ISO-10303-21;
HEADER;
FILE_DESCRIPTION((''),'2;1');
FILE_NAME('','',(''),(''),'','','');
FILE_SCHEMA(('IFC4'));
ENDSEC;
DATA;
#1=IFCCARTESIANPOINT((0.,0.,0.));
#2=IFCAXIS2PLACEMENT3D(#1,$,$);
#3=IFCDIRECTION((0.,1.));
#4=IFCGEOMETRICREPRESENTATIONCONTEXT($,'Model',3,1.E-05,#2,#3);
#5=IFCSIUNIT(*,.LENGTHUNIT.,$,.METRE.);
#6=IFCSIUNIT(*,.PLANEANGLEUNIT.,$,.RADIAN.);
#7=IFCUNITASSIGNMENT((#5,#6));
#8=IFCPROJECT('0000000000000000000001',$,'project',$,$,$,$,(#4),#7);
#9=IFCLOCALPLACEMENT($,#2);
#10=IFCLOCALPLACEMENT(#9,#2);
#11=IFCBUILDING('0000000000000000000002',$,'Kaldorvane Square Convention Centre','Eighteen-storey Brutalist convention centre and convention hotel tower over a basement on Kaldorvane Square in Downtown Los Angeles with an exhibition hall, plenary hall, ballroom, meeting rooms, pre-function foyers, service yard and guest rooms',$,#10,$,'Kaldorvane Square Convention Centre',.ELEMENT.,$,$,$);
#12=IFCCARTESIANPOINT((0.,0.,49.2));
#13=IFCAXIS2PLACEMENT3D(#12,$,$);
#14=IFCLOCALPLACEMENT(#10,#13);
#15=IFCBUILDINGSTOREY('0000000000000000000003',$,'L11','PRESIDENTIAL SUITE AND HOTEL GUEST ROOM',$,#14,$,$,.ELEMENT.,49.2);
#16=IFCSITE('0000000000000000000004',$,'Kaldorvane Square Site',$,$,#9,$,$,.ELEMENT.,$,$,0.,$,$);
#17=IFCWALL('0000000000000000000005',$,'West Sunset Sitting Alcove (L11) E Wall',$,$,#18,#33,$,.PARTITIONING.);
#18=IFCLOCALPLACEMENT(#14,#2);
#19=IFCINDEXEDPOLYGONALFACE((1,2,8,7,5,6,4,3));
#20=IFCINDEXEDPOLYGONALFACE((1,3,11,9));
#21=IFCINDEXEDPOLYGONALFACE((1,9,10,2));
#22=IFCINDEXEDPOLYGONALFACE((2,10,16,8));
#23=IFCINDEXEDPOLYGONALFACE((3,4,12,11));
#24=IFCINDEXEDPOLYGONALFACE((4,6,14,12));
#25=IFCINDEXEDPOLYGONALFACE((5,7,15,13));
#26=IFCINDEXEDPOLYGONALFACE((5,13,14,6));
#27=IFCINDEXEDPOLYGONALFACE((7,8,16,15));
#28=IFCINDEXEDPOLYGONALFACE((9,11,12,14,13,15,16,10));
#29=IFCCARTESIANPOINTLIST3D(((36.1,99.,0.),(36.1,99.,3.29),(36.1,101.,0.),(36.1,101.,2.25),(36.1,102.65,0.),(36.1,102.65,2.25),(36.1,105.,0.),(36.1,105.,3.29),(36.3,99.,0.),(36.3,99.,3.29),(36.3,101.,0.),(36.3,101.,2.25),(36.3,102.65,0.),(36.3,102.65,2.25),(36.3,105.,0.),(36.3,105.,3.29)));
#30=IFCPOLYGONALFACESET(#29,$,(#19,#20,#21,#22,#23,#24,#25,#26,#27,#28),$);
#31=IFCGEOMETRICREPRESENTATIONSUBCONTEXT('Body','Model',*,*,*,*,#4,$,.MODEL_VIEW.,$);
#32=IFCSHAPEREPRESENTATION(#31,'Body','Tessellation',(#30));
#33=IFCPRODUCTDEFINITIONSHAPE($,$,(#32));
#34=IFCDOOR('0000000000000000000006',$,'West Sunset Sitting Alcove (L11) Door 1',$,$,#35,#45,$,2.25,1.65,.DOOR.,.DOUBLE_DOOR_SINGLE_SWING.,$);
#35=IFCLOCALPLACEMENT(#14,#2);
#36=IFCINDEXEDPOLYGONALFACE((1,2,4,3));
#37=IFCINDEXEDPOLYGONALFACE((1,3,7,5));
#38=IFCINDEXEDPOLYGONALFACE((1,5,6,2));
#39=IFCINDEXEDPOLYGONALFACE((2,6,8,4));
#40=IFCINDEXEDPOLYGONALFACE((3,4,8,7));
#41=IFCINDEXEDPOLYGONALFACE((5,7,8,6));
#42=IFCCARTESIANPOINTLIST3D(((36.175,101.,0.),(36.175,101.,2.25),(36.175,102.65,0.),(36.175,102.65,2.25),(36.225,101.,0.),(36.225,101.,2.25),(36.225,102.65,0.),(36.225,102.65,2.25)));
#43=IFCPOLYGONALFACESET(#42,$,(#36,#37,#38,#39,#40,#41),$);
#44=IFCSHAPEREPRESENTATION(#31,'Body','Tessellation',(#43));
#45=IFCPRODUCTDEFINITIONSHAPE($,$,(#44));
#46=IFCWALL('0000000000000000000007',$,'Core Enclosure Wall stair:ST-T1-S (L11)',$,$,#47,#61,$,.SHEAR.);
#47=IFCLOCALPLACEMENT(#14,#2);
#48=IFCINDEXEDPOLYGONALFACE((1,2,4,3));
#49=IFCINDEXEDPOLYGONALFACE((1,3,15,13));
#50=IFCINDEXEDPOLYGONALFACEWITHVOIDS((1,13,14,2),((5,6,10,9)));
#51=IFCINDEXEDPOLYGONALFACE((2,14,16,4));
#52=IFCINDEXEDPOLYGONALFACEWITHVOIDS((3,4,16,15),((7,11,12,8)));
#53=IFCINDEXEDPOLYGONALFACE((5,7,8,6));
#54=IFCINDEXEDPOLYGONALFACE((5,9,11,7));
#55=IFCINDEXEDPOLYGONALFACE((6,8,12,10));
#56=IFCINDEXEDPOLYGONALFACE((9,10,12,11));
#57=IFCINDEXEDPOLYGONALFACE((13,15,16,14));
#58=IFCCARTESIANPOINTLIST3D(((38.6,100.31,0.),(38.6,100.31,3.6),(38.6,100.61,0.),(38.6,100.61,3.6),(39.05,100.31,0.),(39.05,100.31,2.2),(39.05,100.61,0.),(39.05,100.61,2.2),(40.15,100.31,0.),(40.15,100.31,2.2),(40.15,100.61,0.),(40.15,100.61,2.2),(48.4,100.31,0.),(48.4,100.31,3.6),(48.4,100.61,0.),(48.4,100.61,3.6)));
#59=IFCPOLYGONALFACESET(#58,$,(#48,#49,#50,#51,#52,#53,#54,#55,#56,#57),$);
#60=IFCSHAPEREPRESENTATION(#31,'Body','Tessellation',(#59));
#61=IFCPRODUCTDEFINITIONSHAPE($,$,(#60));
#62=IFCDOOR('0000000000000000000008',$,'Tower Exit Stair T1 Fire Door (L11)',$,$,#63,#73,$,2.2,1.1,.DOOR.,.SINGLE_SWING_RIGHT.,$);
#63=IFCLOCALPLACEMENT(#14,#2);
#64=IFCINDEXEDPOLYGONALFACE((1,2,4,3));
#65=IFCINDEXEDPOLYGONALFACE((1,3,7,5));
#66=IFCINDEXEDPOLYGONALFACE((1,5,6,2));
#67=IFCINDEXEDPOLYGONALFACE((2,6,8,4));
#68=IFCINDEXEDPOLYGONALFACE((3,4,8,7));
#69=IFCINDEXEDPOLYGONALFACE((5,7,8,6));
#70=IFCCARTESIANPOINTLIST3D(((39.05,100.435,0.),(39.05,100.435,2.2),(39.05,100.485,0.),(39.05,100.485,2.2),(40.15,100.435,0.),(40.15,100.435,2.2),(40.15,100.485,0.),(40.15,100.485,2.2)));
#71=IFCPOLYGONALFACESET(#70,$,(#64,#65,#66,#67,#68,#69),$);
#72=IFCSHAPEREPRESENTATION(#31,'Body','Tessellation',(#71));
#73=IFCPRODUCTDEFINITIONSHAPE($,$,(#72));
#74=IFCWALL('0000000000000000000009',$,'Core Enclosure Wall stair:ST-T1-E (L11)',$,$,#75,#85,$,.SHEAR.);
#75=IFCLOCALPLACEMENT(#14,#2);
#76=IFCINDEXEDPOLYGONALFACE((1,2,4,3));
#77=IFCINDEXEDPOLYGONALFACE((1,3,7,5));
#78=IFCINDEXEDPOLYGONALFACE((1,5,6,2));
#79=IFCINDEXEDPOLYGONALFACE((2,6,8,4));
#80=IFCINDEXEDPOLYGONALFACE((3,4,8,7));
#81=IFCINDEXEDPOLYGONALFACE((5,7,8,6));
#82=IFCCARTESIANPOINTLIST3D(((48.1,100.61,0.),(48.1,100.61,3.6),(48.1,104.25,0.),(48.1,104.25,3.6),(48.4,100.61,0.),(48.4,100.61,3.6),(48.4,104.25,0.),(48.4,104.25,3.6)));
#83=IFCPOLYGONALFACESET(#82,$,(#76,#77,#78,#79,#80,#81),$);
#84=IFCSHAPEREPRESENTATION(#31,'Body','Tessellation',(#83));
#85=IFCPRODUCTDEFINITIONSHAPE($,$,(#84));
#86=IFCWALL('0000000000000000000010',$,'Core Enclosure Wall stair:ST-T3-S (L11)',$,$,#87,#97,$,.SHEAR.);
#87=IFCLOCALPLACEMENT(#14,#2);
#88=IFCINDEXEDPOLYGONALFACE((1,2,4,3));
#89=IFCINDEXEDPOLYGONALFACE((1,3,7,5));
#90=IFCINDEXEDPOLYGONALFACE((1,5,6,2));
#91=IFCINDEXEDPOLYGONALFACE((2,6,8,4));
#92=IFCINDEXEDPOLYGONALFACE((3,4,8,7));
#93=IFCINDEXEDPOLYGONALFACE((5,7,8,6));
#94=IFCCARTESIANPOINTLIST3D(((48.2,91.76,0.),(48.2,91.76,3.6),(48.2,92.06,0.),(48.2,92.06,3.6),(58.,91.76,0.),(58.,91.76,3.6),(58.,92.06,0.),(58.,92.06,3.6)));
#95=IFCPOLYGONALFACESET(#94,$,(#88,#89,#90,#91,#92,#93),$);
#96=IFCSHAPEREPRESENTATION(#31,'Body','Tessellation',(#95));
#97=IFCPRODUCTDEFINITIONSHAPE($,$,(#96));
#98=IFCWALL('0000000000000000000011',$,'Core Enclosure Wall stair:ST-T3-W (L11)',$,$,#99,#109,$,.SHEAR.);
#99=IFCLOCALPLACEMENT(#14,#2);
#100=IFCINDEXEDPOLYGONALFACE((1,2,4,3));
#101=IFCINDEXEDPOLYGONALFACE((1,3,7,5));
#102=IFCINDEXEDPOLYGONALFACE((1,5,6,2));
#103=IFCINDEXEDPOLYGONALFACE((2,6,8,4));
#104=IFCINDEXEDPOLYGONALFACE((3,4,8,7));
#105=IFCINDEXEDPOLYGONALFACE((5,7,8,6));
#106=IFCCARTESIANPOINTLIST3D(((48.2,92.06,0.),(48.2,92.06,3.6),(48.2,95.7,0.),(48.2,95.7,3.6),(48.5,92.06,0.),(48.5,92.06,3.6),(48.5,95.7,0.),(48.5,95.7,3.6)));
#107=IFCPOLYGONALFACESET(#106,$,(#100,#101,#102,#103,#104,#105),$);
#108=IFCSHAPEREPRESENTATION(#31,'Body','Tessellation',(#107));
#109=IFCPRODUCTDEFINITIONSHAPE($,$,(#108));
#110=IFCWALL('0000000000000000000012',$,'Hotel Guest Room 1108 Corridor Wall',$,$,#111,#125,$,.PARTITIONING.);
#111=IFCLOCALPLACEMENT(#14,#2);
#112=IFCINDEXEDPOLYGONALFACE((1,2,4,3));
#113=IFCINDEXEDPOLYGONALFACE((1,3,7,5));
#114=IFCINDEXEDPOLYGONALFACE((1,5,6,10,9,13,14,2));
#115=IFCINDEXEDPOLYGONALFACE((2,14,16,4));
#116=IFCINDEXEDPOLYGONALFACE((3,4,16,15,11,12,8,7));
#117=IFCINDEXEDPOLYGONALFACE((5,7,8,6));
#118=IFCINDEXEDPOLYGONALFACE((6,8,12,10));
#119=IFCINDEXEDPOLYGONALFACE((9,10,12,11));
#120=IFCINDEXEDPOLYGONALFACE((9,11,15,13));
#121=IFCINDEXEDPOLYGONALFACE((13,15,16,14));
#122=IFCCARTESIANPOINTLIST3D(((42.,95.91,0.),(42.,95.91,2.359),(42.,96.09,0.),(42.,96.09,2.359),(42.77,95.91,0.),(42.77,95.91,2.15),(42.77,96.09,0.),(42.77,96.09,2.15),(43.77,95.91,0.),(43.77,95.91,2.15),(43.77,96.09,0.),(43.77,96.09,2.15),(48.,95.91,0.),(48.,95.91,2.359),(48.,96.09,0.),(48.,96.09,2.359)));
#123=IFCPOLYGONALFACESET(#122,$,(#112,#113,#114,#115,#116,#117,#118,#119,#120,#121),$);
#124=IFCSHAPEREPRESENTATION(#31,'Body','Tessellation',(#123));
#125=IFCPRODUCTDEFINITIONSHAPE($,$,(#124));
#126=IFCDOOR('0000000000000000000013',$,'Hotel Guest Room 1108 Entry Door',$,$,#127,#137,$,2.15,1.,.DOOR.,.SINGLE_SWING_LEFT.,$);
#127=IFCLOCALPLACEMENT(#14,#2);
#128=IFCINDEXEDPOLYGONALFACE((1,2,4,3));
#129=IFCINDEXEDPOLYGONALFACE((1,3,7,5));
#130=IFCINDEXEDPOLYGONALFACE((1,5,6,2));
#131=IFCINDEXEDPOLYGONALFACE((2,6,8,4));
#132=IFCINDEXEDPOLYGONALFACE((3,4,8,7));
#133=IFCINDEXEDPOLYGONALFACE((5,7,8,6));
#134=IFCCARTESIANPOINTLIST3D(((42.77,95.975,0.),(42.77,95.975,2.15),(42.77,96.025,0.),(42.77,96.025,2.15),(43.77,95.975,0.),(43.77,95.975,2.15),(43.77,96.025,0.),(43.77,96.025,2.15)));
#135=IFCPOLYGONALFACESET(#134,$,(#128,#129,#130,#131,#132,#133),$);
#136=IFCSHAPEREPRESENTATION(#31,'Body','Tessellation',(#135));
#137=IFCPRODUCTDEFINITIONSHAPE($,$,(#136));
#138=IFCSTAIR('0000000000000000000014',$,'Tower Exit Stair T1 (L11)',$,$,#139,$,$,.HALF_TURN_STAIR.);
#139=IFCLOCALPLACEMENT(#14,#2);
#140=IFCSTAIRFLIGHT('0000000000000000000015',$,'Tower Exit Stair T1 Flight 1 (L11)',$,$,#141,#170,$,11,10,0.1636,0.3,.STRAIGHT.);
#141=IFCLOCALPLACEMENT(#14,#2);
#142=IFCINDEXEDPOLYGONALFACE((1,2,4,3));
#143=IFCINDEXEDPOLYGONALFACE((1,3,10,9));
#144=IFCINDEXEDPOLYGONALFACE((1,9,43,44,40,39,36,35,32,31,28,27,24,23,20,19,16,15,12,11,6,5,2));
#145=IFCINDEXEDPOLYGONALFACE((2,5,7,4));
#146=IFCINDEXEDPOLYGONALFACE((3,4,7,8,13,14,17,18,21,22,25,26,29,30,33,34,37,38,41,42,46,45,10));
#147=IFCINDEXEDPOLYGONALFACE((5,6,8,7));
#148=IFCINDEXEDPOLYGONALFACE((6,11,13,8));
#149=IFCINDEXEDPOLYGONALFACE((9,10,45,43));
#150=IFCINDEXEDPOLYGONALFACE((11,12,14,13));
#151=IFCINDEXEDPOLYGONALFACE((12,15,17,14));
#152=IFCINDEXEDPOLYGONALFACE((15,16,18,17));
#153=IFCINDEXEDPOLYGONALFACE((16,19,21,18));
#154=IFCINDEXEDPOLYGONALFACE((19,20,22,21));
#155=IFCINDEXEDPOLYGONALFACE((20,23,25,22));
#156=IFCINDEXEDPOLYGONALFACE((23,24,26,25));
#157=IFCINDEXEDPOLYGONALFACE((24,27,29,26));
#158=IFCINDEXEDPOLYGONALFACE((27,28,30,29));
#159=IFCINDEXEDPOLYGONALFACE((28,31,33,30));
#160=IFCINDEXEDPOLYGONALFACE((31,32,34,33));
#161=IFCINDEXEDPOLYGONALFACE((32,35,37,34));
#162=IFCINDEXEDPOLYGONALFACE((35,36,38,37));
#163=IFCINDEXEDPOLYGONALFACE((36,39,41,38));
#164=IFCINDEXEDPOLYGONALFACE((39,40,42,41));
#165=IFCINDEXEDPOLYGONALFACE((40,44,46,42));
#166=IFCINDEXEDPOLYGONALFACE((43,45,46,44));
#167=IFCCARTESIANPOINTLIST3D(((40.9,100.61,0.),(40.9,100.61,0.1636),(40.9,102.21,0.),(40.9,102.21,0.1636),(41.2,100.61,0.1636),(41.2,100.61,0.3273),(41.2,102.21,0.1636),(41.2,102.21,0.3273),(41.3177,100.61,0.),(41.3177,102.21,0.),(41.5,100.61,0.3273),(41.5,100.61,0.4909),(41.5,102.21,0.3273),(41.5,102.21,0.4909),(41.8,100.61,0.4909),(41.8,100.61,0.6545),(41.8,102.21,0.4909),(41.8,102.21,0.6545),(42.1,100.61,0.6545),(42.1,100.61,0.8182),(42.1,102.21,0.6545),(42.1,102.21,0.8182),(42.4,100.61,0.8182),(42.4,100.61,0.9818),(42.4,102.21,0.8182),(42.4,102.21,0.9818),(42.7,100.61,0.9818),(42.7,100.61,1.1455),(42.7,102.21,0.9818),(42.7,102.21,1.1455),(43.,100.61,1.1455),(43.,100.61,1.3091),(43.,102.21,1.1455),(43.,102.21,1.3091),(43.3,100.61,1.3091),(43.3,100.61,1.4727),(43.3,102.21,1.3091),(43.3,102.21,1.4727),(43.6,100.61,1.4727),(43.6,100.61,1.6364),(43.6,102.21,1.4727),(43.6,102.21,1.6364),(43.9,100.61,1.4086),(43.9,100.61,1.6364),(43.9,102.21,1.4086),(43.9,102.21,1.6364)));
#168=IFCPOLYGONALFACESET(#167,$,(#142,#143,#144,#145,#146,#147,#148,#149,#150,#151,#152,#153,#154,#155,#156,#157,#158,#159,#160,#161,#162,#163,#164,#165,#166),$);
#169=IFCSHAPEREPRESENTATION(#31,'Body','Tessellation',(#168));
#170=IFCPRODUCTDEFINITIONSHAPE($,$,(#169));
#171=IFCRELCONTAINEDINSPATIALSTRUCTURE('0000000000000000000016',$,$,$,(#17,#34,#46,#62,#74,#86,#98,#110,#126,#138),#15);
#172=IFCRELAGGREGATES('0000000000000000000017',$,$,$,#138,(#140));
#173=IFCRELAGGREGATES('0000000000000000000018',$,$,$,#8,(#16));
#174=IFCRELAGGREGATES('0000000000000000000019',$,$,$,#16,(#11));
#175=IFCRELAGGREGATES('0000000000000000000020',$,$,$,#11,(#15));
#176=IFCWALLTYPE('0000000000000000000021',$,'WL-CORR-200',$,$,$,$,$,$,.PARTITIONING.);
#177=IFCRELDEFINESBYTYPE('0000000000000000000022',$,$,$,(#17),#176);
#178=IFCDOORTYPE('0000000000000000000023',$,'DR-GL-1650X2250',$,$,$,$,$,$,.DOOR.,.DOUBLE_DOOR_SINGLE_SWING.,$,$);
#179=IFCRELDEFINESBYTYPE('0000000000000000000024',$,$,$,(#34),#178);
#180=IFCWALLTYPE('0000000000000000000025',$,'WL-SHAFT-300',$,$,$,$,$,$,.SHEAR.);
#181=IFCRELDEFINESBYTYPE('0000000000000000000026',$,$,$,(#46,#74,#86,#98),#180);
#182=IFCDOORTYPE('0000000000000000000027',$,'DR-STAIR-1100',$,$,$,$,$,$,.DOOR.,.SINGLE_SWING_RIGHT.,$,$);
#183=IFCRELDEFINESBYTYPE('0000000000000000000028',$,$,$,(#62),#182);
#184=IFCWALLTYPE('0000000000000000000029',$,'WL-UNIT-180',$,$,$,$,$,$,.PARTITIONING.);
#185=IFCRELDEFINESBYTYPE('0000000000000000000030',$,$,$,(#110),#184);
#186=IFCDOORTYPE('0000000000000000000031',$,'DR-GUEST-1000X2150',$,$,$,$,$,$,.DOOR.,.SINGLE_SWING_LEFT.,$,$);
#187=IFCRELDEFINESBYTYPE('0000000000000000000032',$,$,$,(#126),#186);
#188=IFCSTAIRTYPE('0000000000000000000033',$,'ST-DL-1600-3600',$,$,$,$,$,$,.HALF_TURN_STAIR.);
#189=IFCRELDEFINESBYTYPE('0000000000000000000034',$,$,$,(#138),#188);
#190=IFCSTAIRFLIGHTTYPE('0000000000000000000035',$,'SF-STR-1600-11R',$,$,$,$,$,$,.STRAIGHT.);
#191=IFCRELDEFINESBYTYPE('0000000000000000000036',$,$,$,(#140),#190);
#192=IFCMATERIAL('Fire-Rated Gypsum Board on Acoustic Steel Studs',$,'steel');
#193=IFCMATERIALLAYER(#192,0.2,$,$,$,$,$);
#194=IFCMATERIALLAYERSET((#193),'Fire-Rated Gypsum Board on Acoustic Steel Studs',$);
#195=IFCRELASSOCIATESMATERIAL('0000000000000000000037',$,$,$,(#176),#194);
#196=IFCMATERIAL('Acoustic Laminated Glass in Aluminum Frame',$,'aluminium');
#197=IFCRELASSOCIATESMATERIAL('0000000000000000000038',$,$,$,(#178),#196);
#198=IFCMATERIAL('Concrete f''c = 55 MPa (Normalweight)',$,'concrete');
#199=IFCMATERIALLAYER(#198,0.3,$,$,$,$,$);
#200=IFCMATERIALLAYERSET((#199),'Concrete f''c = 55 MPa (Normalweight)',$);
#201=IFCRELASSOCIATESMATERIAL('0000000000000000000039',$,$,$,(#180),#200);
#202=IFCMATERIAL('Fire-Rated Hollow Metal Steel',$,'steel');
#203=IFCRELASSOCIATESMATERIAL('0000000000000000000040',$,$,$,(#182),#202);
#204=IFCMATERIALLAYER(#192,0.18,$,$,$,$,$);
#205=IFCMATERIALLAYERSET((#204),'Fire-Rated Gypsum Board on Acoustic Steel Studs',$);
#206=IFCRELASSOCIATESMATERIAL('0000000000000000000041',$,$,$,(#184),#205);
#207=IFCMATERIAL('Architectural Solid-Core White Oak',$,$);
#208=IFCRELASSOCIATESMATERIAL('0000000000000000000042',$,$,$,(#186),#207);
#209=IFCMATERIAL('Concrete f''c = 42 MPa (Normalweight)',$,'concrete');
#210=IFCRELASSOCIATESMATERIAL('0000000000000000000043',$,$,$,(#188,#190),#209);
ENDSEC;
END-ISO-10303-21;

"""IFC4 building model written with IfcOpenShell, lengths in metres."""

from ifc_helpers import new_model, si_unit, direction, frame, frame_2d, origin, place, context, subcontext, project, spatial, polyline, rectangle, outline, extrude, material, layer, layer_set, type_object, element, fill, aggregate, save


model = new_model("IFC4")

# Units and contexts
model_context = context("Model", 3, precision=1e-05, world=origin(), true_north=direction((0.0, 1.0)))
body_context = subcontext(model_context, "Body", "Model", "MODEL_VIEW")
ifc_project = project(units=[si_unit("LENGTHUNIT", "METRE"), si_unit("PLANEANGLEUNIT", "RADIAN")], contexts=[model_context])

# Site, building, storey
site_placement = place(None, origin())
site = spatial("IfcSite", under=ifc_project, at=site_placement, Name="Kaldorvane Square Site", CompositionType="ELEMENT", RefElevation=0.0)
building_placement = place(site_placement, origin())
building = spatial("IfcBuilding", under=site, at=building_placement, Name="Kaldorvane Square Convention Centre", Description="Eighteen-storey Brutalist convention centre and convention hotel tower over a basement on Kaldorvane Square in Downtown Los Angeles with an exhibition hall, plenary hall, ballroom, meeting rooms, pre-function foyers, service yard and guest rooms", LongName="Kaldorvane Square Convention Centre", CompositionType="ELEMENT")
storey_placement = place(building_placement, frame((0.0, 0.0, 49.2)))
storey = spatial("IfcBuildingStorey", under=building, at=storey_placement, Name="L11", Description="PRESIDENTIAL SUITE AND HOTEL GUEST ROOM", CompositionType="ELEMENT", Elevation=49.2)

# Shared definitions
ifc_material_1 = material(Name="Fire-Rated Gypsum Board on Acoustic Steel Studs", Category="steel")
ifc_material_2 = material(Name="Architectural Solid-Core White Oak")

# Walls, openings, doors
ifc_layer_1 = layer(ifc_material_1, 0.2)
ifc_layer_set_1 = layer_set([ifc_layer_1], Name="Fire-Rated Gypsum Board on Acoustic Steel Studs")
wall_type_1 = type_object("IfcWallType", Name="WL-CORR-200", PredefinedType="PARTITIONING", material=ifc_layer_set_1)
wall_1_placement = place(storey_placement, frame((36.2, 99.0, 0.0), z_axis=(0.0, 0.0, 1.0), x_axis=(0.0, 1.0, 0.0)))
wall_1 = element("IfcWall", 1, at=wall_1_placement, inside=storey, type_object=wall_type_1, Name="West Sunset Sitting Alcove (L11) E Wall", PredefinedType="PARTITIONING", context=body_context, shape_type="SweptSolid", body=[
    extrude(rectangle(XDim=6.0, YDim=0.2, at=frame_2d((3.0, 0.0))), origin(), (0.0, 0.0, 1.0), 3.29),
])
opening_1_placement = place(wall_1_placement, frame((2.0, 0.0, 0.0)))
opening_1 = element("IfcOpeningElement", 2, at=opening_1_placement, cuts=wall_1, PredefinedType="OPENING", context=body_context, shape_type="SweptSolid", body=[
    extrude(rectangle(XDim=1.65, YDim=2.25, at=frame_2d((0.825, 1.125))), frame((0.0, 0.115, 0.0), z_axis=(0.0, -1.0, 0.0), x_axis=(1.0, 0.0, 0.0)), (0.0, 0.0, 1.0), 0.23),
])
ifc_material_3 = material(Name="Acoustic Laminated Glass in Aluminum Frame", Category="aluminium")
door_type_1 = type_object("IfcDoorType", Name="DR-GL-1650X2250", OperationType="DOUBLE_DOOR_SINGLE_SWING", PredefinedType="DOOR", material=ifc_material_3)
door_1_placement = place(opening_1_placement, origin())
door_1 = element("IfcDoor", 3, at=door_1_placement, inside=storey, type_object=door_type_1, Name="West Sunset Sitting Alcove (L11) Door 1", OperationType="DOUBLE_DOOR_SINGLE_SWING", OverallHeight=2.25, OverallWidth=1.65, PredefinedType="DOOR", context=body_context, shape_type="SweptSolid", body=[
    extrude(rectangle(XDim=1.65, YDim=2.25, at=frame_2d((0.825, 1.125))), frame((0.0, 0.025, 0.0), z_axis=(0.0, -1.0, 0.0), x_axis=(1.0, 0.0, 0.0)), (0.0, 0.0, 1.0), 0.05),
])
fill(opening_1, door_1)
ifc_material_4 = material(Name="Concrete f'c = 55 MPa (Normalweight)", Category="concrete")
ifc_layer_2 = layer(ifc_material_4, 0.3)
ifc_layer_set_2 = layer_set([ifc_layer_2], Name="Concrete f'c = 55 MPa (Normalweight)")
wall_type_2 = type_object("IfcWallType", Name="WL-SHAFT-300", PredefinedType="SHEAR", material=ifc_layer_set_2)
wall_2_placement = place(storey_placement, frame((38.6, 100.46, 0.0), z_axis=(0.0, 0.0, 1.0), x_axis=(1.0, 0.0, 0.0)))
wall_2 = element("IfcWall", 4, at=wall_2_placement, inside=storey, type_object=wall_type_2, Name="Core Enclosure Wall stair:ST-T1-S (L11)", PredefinedType="SHEAR", context=body_context, shape_type="SweptSolid", body=[
    extrude(rectangle(XDim=9.8, YDim=0.3, at=frame_2d((4.9, 0.0))), origin(), (0.0, 0.0, 1.0), 3.6),
])
opening_2_placement = place(wall_2_placement, frame((0.45, 0.0, 0.0)))
opening_2 = element("IfcOpeningElement", 5, at=opening_2_placement, cuts=wall_2, PredefinedType="OPENING", context=body_context, shape_type="SweptSolid", body=[
    extrude(rectangle(XDim=1.1, YDim=2.2, at=frame_2d((0.55, 1.1))), frame((0.0, 0.165, 0.0), z_axis=(0.0, -1.0, 0.0), x_axis=(1.0, 0.0, 0.0)), (0.0, 0.0, 1.0), 0.33),
])
ifc_material_5 = material(Name="Fire-Rated Hollow Metal Steel", Category="steel")
door_type_2 = type_object("IfcDoorType", Name="DR-STAIR-1100", OperationType="SINGLE_SWING_RIGHT", PredefinedType="DOOR", material=ifc_material_5)
door_2_placement = place(opening_2_placement, origin())
door_2 = element("IfcDoor", 6, at=door_2_placement, inside=storey, type_object=door_type_2, Name="Tower Exit Stair T1 Fire Door (L11)", OperationType="SINGLE_SWING_RIGHT", OverallHeight=2.2, OverallWidth=1.1, PredefinedType="DOOR", context=body_context, shape_type="SweptSolid", body=[
    extrude(rectangle(XDim=1.1, YDim=2.2, at=frame_2d((0.55, 1.1))), frame((0.0, 0.025, 0.0), z_axis=(0.0, -1.0, 0.0), x_axis=(1.0, 0.0, 0.0)), (0.0, 0.0, 1.0), 0.05),
])
fill(opening_2, door_2)

# Walls
wall_3_placement = place(storey_placement, frame((48.25, 100.61, 0.0), z_axis=(0.0, 0.0, 1.0), x_axis=(0.0, 1.0, 0.0)))
element("IfcWall", 7, at=wall_3_placement, inside=storey, type_object=wall_type_2, Name="Core Enclosure Wall stair:ST-T1-E (L11)", PredefinedType="SHEAR", context=body_context, shape_type="SweptSolid", body=[
    extrude(rectangle(XDim=3.64, YDim=0.3, at=frame_2d((1.82, 0.0))), origin(), (0.0, 0.0, 1.0), 3.6),
])
wall_4_placement = place(storey_placement, frame((48.2, 91.91, 0.0), z_axis=(0.0, 0.0, 1.0), x_axis=(1.0, 0.0, 0.0)))
element("IfcWall", 8, at=wall_4_placement, inside=storey, type_object=wall_type_2, Name="Core Enclosure Wall stair:ST-T3-S (L11)", PredefinedType="SHEAR", context=body_context, shape_type="SweptSolid", body=[
    extrude(rectangle(XDim=9.8, YDim=0.3, at=frame_2d((4.9, 0.0))), origin(), (0.0, 0.0, 1.0), 3.6),
])
wall_5_placement = place(storey_placement, frame((48.35, 95.7, 0.0), z_axis=(0.0, 0.0, 1.0), x_axis=(0.0, -1.0, 0.0)))
element("IfcWall", 9, at=wall_5_placement, inside=storey, type_object=wall_type_2, Name="Core Enclosure Wall stair:ST-T3-W (L11)", PredefinedType="SHEAR", context=body_context, shape_type="SweptSolid", body=[
    extrude(rectangle(XDim=3.64, YDim=0.3, at=frame_2d((1.82, 0.0))), origin(), (0.0, 0.0, 1.0), 3.6),
])

# Wall, opening, door
ifc_layer_3 = layer(ifc_material_1, 0.18)
ifc_layer_set_3 = layer_set([ifc_layer_3], Name="Fire-Rated Gypsum Board on Acoustic Steel Studs")
wall_type_3 = type_object("IfcWallType", Name="WL-UNIT-180", PredefinedType="PARTITIONING", material=ifc_layer_set_3)
wall_6_placement = place(storey_placement, frame((42.0, 96.0, 0.0), z_axis=(0.0, 0.0, 1.0), x_axis=(1.0, 0.0, 0.0)))
wall_6 = element("IfcWall", 10, at=wall_6_placement, inside=storey, type_object=wall_type_3, Name="Hotel Guest Room 1108 Corridor Wall", PredefinedType="PARTITIONING", context=body_context, shape_type="SweptSolid", body=[
    extrude(rectangle(XDim=6.0, YDim=0.18, at=frame_2d((3.0, 0.0))), origin(), (0.0, 0.0, 1.0), 2.359),
])
opening_3_placement = place(wall_6_placement, frame((0.77, 0.0, 0.0)))
opening_3 = element("IfcOpeningElement", 11, at=opening_3_placement, cuts=wall_6, PredefinedType="OPENING", context=body_context, shape_type="SweptSolid", body=[
    extrude(rectangle(XDim=1.0, YDim=2.15, at=frame_2d((0.5, 1.075))), frame((0.0, 0.105, 0.0), z_axis=(0.0, -1.0, 0.0), x_axis=(1.0, 0.0, 0.0)), (0.0, 0.0, 1.0), 0.21),
])
door_type_3 = type_object("IfcDoorType", Name="DR-GUEST-1000X2150", OperationType="SINGLE_SWING_LEFT", PredefinedType="DOOR", material=ifc_material_2)
door_3_placement = place(opening_3_placement, origin())
door_3 = element("IfcDoor", 12, at=door_3_placement, inside=storey, type_object=door_type_3, Name="Hotel Guest Room 1108 Entry Door", OperationType="SINGLE_SWING_LEFT", OverallHeight=2.15, OverallWidth=1.0, PredefinedType="DOOR", context=body_context, shape_type="SweptSolid", body=[
    extrude(rectangle(XDim=1.0, YDim=2.15, at=frame_2d((0.5, 1.075))), frame((0.0, 0.025, 0.0), z_axis=(0.0, -1.0, 0.0), x_axis=(1.0, 0.0, 0.0)), (0.0, 0.0, 1.0), 0.05),
])
fill(opening_3, door_3)

# Stair, stair flight
ifc_material_6 = material(Name="Concrete f'c = 42 MPa (Normalweight)", Category="concrete")
stair_type = type_object("IfcStairType", Name="ST-DL-1600-3600", PredefinedType="HALF_TURN_STAIR", material=ifc_material_6)
stair_1_placement = place(storey_placement, origin())
stair_1 = element("IfcStair", 13, at=stair_1_placement, inside=storey, type_object=stair_type, Name="Tower Exit Stair T1 (L11)", PredefinedType="HALF_TURN_STAIR")
stair_flight_type = type_object("IfcStairFlightType", Name="SF-STR-1600-11R", PredefinedType="STRAIGHT", material=ifc_material_6)
stair_flight_1_placement = place(storey_placement, frame((40.9, 101.41, 0.0), z_axis=(0.0, 0.0, 1.0), x_axis=(1.0, 0.0, 0.0)))
stair_flight_1 = element("IfcStairFlight", 14, at=stair_flight_1_placement, type_object=stair_flight_type, Name="Tower Exit Stair T1 Flight 1 (L11)", NumberOfRisers=11, NumberOfTreads=10, PredefinedType="STRAIGHT", RiserHeight=0.1636, TreadLength=0.3, context=body_context, shape_type="SweptSolid", body=[
    extrude(outline(polyline([(0.0, 0.0), (0.0, 0.1636), (0.3, 0.1636), (0.3, 0.3273), (0.6, 0.3273), (0.6, 0.4909), (0.9, 0.4909), (0.9, 0.6545), (1.2, 0.6545), (1.2, 0.8182), (1.5, 0.8182), (1.5, 0.9818), (1.8, 0.9818), (1.8, 1.1455), (2.1, 1.1455), (2.1, 1.3091), (2.4, 1.3091), (2.4, 1.4727), (2.7, 1.4727), (2.7, 1.6364), (3.0, 1.6364), (3.0, 1.8), (3.0, 1.4086), (0.4177, 0.0), (0.0, 0.0)])), frame((0.0, 0.8, 0.0), z_axis=(0.0, -1.0, 0.0), x_axis=(1.0, 0.0, 0.0)), (0.0, 0.0, 1.0), 1.6),
])
aggregate(stair_1, [stair_flight_1])

save(model, "model.ifc")
